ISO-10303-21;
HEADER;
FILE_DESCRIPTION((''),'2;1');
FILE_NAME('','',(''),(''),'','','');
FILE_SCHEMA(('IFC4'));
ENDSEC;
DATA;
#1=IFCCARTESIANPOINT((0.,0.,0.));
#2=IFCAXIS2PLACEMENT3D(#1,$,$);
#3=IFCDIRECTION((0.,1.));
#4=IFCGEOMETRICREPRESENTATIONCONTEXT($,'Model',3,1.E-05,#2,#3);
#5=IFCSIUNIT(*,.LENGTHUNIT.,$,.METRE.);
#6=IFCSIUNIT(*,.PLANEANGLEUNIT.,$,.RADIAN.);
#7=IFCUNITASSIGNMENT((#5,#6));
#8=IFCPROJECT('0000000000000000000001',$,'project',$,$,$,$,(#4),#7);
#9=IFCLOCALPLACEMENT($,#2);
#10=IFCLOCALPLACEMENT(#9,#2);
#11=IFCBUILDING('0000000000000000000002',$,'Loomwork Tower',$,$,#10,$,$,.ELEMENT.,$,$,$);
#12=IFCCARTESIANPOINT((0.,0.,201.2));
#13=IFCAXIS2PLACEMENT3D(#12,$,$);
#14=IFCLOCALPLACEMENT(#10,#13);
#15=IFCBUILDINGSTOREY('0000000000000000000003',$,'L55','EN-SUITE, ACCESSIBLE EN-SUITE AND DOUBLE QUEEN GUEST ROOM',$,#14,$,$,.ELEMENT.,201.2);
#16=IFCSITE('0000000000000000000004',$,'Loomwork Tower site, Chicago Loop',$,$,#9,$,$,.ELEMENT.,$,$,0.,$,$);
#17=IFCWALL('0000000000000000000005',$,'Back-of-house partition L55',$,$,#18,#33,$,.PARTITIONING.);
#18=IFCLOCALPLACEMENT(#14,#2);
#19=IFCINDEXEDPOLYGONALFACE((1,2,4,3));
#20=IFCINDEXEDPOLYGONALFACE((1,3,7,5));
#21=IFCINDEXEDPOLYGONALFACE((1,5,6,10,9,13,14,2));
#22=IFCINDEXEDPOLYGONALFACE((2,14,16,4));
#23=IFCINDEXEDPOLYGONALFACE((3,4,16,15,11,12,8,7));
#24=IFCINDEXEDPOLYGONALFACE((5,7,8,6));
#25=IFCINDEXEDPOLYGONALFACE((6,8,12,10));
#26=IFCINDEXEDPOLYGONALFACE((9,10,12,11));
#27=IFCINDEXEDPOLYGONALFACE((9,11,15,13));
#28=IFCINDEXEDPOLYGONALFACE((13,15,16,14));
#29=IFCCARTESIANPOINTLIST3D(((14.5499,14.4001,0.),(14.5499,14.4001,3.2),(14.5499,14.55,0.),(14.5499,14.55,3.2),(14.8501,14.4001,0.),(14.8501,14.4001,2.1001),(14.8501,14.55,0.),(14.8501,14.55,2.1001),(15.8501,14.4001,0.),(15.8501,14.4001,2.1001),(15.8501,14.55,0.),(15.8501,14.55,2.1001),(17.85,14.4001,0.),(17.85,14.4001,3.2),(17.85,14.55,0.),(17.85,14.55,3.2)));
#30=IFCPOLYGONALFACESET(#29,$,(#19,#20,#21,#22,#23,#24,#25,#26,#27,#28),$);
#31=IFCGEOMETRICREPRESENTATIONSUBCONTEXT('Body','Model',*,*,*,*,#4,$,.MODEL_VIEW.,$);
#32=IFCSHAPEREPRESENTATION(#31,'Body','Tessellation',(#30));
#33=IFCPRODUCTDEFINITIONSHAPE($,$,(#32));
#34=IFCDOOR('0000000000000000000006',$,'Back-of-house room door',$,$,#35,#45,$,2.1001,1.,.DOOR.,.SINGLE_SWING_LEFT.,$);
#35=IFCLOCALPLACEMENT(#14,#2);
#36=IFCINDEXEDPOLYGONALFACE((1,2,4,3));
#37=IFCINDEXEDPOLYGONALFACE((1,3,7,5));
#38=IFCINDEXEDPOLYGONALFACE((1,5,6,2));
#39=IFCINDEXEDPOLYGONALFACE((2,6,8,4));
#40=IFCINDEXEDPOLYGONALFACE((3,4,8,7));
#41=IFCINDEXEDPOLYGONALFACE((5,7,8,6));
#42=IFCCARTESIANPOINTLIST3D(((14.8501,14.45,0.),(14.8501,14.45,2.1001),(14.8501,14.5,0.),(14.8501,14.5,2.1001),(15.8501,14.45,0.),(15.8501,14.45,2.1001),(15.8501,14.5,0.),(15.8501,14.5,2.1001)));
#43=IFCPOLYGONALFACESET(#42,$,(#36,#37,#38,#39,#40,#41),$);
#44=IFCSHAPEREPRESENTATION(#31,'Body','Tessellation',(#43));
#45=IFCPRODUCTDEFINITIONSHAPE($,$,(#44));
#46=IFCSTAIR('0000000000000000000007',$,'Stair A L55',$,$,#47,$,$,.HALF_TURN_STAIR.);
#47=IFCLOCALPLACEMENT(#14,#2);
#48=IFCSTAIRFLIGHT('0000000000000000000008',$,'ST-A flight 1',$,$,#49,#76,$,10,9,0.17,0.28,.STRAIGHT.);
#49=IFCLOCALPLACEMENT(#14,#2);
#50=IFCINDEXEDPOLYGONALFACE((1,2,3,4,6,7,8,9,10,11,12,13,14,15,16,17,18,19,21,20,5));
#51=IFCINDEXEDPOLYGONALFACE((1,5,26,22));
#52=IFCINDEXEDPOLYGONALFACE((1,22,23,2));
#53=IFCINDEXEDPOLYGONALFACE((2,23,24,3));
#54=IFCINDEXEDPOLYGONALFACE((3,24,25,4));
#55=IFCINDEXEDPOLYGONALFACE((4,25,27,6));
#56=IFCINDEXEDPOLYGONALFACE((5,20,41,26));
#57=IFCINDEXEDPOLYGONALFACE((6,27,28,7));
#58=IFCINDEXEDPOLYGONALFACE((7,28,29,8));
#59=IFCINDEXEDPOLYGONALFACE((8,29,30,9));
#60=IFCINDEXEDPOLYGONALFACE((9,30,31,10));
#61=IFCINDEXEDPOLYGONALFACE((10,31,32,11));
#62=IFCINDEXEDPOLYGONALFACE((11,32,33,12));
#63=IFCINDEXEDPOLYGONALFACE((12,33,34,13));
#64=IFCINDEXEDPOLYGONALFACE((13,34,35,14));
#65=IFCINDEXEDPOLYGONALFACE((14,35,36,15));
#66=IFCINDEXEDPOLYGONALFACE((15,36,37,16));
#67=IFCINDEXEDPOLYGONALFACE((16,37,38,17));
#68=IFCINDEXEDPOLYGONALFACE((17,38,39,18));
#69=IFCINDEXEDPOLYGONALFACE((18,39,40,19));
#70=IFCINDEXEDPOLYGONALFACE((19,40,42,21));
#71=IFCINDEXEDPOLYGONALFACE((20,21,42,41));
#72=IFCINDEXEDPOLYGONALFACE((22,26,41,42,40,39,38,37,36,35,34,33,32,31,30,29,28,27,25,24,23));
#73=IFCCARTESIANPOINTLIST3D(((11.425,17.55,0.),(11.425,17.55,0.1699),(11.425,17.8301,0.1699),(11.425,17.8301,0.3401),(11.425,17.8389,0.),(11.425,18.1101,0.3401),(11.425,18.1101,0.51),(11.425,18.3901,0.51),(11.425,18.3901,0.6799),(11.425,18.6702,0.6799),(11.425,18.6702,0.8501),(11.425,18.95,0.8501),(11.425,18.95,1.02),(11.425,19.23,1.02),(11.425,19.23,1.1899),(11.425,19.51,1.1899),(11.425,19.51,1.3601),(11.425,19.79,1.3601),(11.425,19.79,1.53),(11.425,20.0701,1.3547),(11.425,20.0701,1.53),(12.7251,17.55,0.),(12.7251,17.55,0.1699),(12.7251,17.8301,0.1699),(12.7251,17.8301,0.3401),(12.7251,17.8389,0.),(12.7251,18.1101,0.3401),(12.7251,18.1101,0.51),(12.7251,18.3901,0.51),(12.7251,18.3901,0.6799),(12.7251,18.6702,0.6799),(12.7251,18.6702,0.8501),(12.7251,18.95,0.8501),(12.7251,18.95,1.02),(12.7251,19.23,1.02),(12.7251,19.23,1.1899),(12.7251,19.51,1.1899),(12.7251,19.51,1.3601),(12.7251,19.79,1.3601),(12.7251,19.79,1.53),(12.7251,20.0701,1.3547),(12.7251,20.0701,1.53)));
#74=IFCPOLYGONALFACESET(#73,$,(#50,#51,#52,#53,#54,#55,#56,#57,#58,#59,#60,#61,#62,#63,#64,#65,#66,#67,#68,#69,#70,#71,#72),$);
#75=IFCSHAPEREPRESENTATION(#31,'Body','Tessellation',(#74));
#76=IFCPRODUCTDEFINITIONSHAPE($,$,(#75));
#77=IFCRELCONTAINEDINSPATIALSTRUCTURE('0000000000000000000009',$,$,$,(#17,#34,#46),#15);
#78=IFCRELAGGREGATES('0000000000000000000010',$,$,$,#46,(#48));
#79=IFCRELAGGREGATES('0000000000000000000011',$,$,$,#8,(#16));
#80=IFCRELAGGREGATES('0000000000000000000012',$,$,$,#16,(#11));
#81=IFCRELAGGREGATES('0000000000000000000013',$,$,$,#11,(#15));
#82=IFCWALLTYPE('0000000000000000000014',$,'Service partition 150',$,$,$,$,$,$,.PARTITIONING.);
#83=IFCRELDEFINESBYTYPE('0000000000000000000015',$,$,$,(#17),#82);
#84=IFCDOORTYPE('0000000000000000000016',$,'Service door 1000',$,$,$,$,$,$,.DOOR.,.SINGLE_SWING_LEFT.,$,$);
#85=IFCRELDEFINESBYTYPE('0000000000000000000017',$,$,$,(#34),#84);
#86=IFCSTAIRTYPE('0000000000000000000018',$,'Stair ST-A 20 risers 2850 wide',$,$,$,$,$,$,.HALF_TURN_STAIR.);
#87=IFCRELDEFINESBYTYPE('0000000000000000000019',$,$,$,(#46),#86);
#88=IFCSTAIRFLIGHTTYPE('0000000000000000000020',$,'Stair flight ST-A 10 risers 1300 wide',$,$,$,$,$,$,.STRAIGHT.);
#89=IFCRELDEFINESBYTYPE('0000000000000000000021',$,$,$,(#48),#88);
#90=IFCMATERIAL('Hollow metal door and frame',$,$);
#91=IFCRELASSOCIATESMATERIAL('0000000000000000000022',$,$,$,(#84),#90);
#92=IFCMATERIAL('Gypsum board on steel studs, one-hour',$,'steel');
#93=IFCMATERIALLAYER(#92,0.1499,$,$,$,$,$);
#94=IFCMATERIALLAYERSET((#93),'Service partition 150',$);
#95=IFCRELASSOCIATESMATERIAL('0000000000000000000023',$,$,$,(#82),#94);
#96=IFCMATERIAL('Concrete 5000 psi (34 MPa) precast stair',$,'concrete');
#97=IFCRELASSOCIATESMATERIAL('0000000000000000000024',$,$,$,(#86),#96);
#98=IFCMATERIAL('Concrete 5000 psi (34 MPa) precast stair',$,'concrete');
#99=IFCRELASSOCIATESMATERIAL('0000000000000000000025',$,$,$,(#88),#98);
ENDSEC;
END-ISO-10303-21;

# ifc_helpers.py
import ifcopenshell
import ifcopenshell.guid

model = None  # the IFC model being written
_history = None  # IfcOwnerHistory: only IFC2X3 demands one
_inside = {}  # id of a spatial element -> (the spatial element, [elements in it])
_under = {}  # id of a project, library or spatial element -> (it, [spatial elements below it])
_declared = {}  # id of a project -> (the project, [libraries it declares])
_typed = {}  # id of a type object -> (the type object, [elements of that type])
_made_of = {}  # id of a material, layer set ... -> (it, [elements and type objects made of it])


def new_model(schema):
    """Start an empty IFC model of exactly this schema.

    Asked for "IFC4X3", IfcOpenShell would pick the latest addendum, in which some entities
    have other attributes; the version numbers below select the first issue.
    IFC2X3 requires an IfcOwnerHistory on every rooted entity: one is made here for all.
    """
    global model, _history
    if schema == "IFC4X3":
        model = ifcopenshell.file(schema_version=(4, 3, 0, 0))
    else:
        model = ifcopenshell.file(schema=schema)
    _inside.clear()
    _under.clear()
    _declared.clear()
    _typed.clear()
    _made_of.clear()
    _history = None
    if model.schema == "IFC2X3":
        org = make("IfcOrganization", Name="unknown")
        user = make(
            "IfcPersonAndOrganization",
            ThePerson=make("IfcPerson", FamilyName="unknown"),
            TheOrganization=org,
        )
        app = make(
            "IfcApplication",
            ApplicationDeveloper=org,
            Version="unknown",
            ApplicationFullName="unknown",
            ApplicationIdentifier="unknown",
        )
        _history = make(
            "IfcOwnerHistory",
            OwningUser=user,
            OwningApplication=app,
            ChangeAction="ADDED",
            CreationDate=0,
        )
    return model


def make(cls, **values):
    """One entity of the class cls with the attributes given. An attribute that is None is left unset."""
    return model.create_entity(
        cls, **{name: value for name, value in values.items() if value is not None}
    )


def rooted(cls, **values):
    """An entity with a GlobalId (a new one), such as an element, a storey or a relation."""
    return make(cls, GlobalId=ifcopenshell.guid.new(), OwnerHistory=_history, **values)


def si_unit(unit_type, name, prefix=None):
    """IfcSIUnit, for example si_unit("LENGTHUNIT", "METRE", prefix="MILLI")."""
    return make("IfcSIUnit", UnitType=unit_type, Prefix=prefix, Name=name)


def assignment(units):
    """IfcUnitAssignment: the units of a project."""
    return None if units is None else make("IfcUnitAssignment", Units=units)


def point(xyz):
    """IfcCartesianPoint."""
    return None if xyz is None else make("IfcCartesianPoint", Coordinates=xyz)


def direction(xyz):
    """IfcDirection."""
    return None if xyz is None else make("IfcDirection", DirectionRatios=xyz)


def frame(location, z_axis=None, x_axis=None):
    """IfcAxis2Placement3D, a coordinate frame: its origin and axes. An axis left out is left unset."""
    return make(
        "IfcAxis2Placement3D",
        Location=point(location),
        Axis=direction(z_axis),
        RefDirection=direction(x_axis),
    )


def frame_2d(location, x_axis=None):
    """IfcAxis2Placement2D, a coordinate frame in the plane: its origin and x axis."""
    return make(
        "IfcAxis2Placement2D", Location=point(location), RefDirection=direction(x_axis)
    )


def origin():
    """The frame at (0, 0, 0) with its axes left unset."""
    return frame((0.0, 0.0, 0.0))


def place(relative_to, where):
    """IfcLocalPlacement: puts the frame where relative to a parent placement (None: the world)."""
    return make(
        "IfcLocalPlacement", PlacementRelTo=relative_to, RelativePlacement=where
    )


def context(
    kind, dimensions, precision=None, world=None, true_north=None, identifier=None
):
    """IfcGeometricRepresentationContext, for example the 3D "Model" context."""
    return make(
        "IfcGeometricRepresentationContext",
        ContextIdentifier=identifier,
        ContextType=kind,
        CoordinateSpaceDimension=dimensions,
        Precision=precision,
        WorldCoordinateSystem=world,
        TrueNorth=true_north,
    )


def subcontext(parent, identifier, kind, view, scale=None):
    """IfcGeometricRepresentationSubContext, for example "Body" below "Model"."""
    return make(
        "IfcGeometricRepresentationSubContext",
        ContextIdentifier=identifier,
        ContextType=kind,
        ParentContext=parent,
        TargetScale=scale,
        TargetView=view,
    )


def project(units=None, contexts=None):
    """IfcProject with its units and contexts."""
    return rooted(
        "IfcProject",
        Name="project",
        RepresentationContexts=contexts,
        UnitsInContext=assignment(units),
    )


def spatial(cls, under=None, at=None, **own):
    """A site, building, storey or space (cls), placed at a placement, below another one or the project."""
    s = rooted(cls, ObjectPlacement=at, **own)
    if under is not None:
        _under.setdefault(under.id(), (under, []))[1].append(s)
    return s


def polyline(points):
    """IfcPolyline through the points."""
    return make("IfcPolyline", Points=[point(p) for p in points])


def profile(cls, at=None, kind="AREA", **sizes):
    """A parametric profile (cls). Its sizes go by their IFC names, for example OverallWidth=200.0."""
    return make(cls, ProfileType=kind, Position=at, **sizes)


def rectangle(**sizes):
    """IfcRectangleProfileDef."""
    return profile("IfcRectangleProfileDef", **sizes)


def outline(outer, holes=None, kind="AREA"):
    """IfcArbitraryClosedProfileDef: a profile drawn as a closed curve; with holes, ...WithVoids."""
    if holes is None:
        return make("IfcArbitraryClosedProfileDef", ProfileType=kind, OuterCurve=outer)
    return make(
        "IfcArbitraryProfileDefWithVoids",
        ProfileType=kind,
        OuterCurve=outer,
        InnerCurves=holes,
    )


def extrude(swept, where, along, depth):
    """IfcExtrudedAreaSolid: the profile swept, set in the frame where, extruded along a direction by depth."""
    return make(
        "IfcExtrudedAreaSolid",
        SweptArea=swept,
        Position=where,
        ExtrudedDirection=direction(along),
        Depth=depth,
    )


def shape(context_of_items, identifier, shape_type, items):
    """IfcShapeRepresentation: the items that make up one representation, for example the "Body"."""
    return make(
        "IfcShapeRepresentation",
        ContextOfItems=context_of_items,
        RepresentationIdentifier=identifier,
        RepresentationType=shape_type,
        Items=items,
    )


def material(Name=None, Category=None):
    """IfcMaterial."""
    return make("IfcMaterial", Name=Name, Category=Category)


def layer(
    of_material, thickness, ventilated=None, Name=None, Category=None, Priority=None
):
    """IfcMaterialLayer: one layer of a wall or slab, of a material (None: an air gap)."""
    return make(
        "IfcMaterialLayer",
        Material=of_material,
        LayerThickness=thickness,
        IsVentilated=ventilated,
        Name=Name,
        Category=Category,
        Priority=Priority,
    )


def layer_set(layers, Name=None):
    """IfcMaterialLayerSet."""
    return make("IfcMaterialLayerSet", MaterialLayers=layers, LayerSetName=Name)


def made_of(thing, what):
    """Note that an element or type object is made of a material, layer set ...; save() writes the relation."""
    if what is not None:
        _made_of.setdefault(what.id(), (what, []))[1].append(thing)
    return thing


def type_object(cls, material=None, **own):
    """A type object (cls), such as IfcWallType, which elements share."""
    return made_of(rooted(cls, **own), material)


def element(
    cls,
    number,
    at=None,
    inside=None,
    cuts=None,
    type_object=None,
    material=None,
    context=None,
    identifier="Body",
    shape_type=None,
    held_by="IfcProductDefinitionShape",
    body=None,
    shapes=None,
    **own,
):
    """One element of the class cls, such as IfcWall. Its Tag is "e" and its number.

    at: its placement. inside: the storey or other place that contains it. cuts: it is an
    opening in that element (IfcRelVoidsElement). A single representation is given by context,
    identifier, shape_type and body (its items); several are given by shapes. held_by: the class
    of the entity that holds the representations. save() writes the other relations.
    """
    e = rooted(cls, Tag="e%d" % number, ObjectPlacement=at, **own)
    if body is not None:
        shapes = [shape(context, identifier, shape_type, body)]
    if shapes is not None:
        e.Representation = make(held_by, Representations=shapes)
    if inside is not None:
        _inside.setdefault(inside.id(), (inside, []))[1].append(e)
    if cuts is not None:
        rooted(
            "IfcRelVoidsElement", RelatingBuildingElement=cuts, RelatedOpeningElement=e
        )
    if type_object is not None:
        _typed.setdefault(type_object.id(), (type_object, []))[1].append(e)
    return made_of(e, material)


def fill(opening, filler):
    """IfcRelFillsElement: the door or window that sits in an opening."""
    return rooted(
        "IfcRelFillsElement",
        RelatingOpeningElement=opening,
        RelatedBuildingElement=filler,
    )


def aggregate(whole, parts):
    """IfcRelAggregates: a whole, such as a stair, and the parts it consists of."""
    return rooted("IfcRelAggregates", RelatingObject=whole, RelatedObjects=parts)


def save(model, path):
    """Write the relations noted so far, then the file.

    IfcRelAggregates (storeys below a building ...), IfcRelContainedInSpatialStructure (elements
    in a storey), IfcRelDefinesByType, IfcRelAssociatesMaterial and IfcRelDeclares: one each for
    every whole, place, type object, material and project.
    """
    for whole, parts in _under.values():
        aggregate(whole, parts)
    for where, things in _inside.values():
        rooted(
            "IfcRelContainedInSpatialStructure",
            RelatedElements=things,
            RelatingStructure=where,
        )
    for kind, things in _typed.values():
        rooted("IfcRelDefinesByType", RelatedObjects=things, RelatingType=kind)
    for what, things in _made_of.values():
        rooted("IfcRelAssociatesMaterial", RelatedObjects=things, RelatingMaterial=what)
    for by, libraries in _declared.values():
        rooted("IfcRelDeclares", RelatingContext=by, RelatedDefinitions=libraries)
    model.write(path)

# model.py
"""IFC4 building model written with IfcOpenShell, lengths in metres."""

from ifc_helpers import new_model, si_unit, direction, frame, frame_2d, origin, place, context, subcontext, project, spatial, polyline, rectangle, outline, extrude, material, layer, layer_set, type_object, element, fill, aggregate, save


model = new_model("IFC4")

# Units and contexts
model_context = context("Model", 3, precision=1e-05, world=origin(), true_north=direction((0.0, 1.0)))
body_context = subcontext(model_context, "Body", "Model", "MODEL_VIEW")
ifc_project = project(units=[si_unit("LENGTHUNIT", "METRE"), si_unit("PLANEANGLEUNIT", "RADIAN")], contexts=[model_context])

# Site, building, storey
site_placement = place(None, origin())
site = spatial("IfcSite", under=ifc_project, at=site_placement, Name="Loomwork Tower site, Chicago Loop", CompositionType="ELEMENT", RefElevation=0.0)
building_placement = place(site_placement, origin())
building = spatial("IfcBuilding", under=site, at=building_placement, Name="Loomwork Tower", CompositionType="ELEMENT")
storey_placement = place(building_placement, frame((0.0, 0.0, 201.2)))
storey = spatial("IfcBuildingStorey", under=building, at=storey_placement, Name="L55", Description="EN-SUITE, ACCESSIBLE EN-SUITE AND DOUBLE QUEEN GUEST ROOM", CompositionType="ELEMENT", Elevation=201.2)

# Shared definitions
ifc_material_1 = material(Name="Hollow metal door and frame")
door_type_1 = type_object("IfcDoorType", Name="Service door 1000", OperationType="SINGLE_SWING_LEFT", PredefinedType="DOOR", material=ifc_material_1)

# Wall, opening, door
ifc_material_2 = material(Name="Gypsum board on steel studs, one-hour", Category="steel")
ifc_layer_1 = layer(ifc_material_2, 0.1499)
ifc_layer_set_1 = layer_set([ifc_layer_1], Name="Service partition 150")
wall_type_1 = type_object("IfcWallType", Name="Service partition 150", PredefinedType="PARTITIONING", material=ifc_layer_set_1)
wall_1_placement = place(storey_placement, frame((14.55, 14.4751, 0.0), z_axis=(0.0, 0.0, 1.0), x_axis=(1.0, 0.0, 0.0)))
wall_1 = element("IfcWall", 1, at=wall_1_placement, inside=storey, type_object=wall_type_1, Name="Back-of-house partition L55", PredefinedType="PARTITIONING", context=body_context, shape_type="SweptSolid", body=[
    extrude(rectangle(XDim=3.3, YDim=0.1499, at=frame_2d((1.6499, 0.0))), origin(), (0.0, 0.0, 1.0), 3.2),
])
opening_1_placement = place(wall_1_placement, frame((0.3, 0.0, 0.0)))
opening_1 = element("IfcOpeningElement", 2, at=opening_1_placement, cuts=wall_1, PredefinedType="OPENING", context=body_context, shape_type="SweptSolid", body=[
    extrude(rectangle(XDim=1.0, YDim=2.1001, at=frame_2d((0.5, 1.05))), frame((0.0, 0.085, 0.0), z_axis=(0.0, -1.0, 0.0), x_axis=(1.0, 0.0, 0.0)), (0.0, 0.0, 1.0), 0.1699),
])
door_1_placement = place(opening_1_placement, origin())
door_1 = element("IfcDoor", 3, at=door_1_placement, inside=storey, type_object=door_type_1, Name="Back-of-house room door", OperationType="SINGLE_SWING_LEFT", OverallHeight=2.1001, OverallWidth=1.0, PredefinedType="DOOR", context=body_context, shape_type="SweptSolid", body=[
    extrude(rectangle(XDim=1.0, YDim=2.1001, at=frame_2d((0.5, 1.05))), frame((0.0, 0.0249, 0.0), z_axis=(0.0, -1.0, 0.0), x_axis=(1.0, 0.0, 0.0)), (0.0, 0.0, 1.0), 0.05),
])
fill(opening_1, door_1)

# Stair, stair flight
ifc_material_3 = material(Name="Concrete 5000 psi (34 MPa) precast stair", Category="concrete")
stair_type = type_object("IfcStairType", Name="Stair ST-A 20 risers 2850 wide", PredefinedType="HALF_TURN_STAIR", material=ifc_material_3)
stair_placement = place(storey_placement, origin())
stair = element("IfcStair", 4, at=stair_placement, inside=storey, type_object=stair_type, Name="Stair A L55", PredefinedType="HALF_TURN_STAIR")
ifc_material_4 = material(Name="Concrete 5000 psi (34 MPa) precast stair", Category="concrete")
stair_flight_type = type_object("IfcStairFlightType", Name="Stair flight ST-A 10 risers 1300 wide", PredefinedType="STRAIGHT", material=ifc_material_4)
stair_flight_placement = place(storey_placement, frame((12.075, 17.55, 0.0), z_axis=(0.0, 0.0, 1.0), x_axis=(0.0, 1.0, 0.0)))
stair_flight = element("IfcStairFlight", 5, at=stair_flight_placement, type_object=stair_flight_type, Name="ST-A flight 1", NumberOfRisers=10, NumberOfTreads=9, PredefinedType="STRAIGHT", RiserHeight=0.17, TreadLength=0.28, context=body_context, shape_type="SweptSolid", body=[
    extrude(outline(polyline([(0.0, 0.0), (0.0, 0.1699), (0.28, 0.1699), (0.28, 0.3401), (0.5601, 0.3401), (0.5601, 0.51), (0.8401, 0.51), (0.8401, 0.6799), (1.1201, 0.6799), (1.1201, 0.8501), (1.3999, 0.8501), (1.3999, 1.02), (1.6799, 1.02), (1.6799, 1.1899), (1.96, 1.1899), (1.96, 1.3601), (2.24, 1.3601), (2.24, 1.53), (2.52, 1.53), (2.52, 1.7), (2.52, 1.3547), (0.2888, 0.0), (0.0, 0.0)])), frame((0.0, 0.6499, 0.0), z_axis=(0.0, -1.0, 0.0), x_axis=(1.0, 0.0, 0.0)), (0.0, 0.0, 1.0), 1.3),
])
aggregate(stair, [stair_flight])

save(model, "model.ifc")
